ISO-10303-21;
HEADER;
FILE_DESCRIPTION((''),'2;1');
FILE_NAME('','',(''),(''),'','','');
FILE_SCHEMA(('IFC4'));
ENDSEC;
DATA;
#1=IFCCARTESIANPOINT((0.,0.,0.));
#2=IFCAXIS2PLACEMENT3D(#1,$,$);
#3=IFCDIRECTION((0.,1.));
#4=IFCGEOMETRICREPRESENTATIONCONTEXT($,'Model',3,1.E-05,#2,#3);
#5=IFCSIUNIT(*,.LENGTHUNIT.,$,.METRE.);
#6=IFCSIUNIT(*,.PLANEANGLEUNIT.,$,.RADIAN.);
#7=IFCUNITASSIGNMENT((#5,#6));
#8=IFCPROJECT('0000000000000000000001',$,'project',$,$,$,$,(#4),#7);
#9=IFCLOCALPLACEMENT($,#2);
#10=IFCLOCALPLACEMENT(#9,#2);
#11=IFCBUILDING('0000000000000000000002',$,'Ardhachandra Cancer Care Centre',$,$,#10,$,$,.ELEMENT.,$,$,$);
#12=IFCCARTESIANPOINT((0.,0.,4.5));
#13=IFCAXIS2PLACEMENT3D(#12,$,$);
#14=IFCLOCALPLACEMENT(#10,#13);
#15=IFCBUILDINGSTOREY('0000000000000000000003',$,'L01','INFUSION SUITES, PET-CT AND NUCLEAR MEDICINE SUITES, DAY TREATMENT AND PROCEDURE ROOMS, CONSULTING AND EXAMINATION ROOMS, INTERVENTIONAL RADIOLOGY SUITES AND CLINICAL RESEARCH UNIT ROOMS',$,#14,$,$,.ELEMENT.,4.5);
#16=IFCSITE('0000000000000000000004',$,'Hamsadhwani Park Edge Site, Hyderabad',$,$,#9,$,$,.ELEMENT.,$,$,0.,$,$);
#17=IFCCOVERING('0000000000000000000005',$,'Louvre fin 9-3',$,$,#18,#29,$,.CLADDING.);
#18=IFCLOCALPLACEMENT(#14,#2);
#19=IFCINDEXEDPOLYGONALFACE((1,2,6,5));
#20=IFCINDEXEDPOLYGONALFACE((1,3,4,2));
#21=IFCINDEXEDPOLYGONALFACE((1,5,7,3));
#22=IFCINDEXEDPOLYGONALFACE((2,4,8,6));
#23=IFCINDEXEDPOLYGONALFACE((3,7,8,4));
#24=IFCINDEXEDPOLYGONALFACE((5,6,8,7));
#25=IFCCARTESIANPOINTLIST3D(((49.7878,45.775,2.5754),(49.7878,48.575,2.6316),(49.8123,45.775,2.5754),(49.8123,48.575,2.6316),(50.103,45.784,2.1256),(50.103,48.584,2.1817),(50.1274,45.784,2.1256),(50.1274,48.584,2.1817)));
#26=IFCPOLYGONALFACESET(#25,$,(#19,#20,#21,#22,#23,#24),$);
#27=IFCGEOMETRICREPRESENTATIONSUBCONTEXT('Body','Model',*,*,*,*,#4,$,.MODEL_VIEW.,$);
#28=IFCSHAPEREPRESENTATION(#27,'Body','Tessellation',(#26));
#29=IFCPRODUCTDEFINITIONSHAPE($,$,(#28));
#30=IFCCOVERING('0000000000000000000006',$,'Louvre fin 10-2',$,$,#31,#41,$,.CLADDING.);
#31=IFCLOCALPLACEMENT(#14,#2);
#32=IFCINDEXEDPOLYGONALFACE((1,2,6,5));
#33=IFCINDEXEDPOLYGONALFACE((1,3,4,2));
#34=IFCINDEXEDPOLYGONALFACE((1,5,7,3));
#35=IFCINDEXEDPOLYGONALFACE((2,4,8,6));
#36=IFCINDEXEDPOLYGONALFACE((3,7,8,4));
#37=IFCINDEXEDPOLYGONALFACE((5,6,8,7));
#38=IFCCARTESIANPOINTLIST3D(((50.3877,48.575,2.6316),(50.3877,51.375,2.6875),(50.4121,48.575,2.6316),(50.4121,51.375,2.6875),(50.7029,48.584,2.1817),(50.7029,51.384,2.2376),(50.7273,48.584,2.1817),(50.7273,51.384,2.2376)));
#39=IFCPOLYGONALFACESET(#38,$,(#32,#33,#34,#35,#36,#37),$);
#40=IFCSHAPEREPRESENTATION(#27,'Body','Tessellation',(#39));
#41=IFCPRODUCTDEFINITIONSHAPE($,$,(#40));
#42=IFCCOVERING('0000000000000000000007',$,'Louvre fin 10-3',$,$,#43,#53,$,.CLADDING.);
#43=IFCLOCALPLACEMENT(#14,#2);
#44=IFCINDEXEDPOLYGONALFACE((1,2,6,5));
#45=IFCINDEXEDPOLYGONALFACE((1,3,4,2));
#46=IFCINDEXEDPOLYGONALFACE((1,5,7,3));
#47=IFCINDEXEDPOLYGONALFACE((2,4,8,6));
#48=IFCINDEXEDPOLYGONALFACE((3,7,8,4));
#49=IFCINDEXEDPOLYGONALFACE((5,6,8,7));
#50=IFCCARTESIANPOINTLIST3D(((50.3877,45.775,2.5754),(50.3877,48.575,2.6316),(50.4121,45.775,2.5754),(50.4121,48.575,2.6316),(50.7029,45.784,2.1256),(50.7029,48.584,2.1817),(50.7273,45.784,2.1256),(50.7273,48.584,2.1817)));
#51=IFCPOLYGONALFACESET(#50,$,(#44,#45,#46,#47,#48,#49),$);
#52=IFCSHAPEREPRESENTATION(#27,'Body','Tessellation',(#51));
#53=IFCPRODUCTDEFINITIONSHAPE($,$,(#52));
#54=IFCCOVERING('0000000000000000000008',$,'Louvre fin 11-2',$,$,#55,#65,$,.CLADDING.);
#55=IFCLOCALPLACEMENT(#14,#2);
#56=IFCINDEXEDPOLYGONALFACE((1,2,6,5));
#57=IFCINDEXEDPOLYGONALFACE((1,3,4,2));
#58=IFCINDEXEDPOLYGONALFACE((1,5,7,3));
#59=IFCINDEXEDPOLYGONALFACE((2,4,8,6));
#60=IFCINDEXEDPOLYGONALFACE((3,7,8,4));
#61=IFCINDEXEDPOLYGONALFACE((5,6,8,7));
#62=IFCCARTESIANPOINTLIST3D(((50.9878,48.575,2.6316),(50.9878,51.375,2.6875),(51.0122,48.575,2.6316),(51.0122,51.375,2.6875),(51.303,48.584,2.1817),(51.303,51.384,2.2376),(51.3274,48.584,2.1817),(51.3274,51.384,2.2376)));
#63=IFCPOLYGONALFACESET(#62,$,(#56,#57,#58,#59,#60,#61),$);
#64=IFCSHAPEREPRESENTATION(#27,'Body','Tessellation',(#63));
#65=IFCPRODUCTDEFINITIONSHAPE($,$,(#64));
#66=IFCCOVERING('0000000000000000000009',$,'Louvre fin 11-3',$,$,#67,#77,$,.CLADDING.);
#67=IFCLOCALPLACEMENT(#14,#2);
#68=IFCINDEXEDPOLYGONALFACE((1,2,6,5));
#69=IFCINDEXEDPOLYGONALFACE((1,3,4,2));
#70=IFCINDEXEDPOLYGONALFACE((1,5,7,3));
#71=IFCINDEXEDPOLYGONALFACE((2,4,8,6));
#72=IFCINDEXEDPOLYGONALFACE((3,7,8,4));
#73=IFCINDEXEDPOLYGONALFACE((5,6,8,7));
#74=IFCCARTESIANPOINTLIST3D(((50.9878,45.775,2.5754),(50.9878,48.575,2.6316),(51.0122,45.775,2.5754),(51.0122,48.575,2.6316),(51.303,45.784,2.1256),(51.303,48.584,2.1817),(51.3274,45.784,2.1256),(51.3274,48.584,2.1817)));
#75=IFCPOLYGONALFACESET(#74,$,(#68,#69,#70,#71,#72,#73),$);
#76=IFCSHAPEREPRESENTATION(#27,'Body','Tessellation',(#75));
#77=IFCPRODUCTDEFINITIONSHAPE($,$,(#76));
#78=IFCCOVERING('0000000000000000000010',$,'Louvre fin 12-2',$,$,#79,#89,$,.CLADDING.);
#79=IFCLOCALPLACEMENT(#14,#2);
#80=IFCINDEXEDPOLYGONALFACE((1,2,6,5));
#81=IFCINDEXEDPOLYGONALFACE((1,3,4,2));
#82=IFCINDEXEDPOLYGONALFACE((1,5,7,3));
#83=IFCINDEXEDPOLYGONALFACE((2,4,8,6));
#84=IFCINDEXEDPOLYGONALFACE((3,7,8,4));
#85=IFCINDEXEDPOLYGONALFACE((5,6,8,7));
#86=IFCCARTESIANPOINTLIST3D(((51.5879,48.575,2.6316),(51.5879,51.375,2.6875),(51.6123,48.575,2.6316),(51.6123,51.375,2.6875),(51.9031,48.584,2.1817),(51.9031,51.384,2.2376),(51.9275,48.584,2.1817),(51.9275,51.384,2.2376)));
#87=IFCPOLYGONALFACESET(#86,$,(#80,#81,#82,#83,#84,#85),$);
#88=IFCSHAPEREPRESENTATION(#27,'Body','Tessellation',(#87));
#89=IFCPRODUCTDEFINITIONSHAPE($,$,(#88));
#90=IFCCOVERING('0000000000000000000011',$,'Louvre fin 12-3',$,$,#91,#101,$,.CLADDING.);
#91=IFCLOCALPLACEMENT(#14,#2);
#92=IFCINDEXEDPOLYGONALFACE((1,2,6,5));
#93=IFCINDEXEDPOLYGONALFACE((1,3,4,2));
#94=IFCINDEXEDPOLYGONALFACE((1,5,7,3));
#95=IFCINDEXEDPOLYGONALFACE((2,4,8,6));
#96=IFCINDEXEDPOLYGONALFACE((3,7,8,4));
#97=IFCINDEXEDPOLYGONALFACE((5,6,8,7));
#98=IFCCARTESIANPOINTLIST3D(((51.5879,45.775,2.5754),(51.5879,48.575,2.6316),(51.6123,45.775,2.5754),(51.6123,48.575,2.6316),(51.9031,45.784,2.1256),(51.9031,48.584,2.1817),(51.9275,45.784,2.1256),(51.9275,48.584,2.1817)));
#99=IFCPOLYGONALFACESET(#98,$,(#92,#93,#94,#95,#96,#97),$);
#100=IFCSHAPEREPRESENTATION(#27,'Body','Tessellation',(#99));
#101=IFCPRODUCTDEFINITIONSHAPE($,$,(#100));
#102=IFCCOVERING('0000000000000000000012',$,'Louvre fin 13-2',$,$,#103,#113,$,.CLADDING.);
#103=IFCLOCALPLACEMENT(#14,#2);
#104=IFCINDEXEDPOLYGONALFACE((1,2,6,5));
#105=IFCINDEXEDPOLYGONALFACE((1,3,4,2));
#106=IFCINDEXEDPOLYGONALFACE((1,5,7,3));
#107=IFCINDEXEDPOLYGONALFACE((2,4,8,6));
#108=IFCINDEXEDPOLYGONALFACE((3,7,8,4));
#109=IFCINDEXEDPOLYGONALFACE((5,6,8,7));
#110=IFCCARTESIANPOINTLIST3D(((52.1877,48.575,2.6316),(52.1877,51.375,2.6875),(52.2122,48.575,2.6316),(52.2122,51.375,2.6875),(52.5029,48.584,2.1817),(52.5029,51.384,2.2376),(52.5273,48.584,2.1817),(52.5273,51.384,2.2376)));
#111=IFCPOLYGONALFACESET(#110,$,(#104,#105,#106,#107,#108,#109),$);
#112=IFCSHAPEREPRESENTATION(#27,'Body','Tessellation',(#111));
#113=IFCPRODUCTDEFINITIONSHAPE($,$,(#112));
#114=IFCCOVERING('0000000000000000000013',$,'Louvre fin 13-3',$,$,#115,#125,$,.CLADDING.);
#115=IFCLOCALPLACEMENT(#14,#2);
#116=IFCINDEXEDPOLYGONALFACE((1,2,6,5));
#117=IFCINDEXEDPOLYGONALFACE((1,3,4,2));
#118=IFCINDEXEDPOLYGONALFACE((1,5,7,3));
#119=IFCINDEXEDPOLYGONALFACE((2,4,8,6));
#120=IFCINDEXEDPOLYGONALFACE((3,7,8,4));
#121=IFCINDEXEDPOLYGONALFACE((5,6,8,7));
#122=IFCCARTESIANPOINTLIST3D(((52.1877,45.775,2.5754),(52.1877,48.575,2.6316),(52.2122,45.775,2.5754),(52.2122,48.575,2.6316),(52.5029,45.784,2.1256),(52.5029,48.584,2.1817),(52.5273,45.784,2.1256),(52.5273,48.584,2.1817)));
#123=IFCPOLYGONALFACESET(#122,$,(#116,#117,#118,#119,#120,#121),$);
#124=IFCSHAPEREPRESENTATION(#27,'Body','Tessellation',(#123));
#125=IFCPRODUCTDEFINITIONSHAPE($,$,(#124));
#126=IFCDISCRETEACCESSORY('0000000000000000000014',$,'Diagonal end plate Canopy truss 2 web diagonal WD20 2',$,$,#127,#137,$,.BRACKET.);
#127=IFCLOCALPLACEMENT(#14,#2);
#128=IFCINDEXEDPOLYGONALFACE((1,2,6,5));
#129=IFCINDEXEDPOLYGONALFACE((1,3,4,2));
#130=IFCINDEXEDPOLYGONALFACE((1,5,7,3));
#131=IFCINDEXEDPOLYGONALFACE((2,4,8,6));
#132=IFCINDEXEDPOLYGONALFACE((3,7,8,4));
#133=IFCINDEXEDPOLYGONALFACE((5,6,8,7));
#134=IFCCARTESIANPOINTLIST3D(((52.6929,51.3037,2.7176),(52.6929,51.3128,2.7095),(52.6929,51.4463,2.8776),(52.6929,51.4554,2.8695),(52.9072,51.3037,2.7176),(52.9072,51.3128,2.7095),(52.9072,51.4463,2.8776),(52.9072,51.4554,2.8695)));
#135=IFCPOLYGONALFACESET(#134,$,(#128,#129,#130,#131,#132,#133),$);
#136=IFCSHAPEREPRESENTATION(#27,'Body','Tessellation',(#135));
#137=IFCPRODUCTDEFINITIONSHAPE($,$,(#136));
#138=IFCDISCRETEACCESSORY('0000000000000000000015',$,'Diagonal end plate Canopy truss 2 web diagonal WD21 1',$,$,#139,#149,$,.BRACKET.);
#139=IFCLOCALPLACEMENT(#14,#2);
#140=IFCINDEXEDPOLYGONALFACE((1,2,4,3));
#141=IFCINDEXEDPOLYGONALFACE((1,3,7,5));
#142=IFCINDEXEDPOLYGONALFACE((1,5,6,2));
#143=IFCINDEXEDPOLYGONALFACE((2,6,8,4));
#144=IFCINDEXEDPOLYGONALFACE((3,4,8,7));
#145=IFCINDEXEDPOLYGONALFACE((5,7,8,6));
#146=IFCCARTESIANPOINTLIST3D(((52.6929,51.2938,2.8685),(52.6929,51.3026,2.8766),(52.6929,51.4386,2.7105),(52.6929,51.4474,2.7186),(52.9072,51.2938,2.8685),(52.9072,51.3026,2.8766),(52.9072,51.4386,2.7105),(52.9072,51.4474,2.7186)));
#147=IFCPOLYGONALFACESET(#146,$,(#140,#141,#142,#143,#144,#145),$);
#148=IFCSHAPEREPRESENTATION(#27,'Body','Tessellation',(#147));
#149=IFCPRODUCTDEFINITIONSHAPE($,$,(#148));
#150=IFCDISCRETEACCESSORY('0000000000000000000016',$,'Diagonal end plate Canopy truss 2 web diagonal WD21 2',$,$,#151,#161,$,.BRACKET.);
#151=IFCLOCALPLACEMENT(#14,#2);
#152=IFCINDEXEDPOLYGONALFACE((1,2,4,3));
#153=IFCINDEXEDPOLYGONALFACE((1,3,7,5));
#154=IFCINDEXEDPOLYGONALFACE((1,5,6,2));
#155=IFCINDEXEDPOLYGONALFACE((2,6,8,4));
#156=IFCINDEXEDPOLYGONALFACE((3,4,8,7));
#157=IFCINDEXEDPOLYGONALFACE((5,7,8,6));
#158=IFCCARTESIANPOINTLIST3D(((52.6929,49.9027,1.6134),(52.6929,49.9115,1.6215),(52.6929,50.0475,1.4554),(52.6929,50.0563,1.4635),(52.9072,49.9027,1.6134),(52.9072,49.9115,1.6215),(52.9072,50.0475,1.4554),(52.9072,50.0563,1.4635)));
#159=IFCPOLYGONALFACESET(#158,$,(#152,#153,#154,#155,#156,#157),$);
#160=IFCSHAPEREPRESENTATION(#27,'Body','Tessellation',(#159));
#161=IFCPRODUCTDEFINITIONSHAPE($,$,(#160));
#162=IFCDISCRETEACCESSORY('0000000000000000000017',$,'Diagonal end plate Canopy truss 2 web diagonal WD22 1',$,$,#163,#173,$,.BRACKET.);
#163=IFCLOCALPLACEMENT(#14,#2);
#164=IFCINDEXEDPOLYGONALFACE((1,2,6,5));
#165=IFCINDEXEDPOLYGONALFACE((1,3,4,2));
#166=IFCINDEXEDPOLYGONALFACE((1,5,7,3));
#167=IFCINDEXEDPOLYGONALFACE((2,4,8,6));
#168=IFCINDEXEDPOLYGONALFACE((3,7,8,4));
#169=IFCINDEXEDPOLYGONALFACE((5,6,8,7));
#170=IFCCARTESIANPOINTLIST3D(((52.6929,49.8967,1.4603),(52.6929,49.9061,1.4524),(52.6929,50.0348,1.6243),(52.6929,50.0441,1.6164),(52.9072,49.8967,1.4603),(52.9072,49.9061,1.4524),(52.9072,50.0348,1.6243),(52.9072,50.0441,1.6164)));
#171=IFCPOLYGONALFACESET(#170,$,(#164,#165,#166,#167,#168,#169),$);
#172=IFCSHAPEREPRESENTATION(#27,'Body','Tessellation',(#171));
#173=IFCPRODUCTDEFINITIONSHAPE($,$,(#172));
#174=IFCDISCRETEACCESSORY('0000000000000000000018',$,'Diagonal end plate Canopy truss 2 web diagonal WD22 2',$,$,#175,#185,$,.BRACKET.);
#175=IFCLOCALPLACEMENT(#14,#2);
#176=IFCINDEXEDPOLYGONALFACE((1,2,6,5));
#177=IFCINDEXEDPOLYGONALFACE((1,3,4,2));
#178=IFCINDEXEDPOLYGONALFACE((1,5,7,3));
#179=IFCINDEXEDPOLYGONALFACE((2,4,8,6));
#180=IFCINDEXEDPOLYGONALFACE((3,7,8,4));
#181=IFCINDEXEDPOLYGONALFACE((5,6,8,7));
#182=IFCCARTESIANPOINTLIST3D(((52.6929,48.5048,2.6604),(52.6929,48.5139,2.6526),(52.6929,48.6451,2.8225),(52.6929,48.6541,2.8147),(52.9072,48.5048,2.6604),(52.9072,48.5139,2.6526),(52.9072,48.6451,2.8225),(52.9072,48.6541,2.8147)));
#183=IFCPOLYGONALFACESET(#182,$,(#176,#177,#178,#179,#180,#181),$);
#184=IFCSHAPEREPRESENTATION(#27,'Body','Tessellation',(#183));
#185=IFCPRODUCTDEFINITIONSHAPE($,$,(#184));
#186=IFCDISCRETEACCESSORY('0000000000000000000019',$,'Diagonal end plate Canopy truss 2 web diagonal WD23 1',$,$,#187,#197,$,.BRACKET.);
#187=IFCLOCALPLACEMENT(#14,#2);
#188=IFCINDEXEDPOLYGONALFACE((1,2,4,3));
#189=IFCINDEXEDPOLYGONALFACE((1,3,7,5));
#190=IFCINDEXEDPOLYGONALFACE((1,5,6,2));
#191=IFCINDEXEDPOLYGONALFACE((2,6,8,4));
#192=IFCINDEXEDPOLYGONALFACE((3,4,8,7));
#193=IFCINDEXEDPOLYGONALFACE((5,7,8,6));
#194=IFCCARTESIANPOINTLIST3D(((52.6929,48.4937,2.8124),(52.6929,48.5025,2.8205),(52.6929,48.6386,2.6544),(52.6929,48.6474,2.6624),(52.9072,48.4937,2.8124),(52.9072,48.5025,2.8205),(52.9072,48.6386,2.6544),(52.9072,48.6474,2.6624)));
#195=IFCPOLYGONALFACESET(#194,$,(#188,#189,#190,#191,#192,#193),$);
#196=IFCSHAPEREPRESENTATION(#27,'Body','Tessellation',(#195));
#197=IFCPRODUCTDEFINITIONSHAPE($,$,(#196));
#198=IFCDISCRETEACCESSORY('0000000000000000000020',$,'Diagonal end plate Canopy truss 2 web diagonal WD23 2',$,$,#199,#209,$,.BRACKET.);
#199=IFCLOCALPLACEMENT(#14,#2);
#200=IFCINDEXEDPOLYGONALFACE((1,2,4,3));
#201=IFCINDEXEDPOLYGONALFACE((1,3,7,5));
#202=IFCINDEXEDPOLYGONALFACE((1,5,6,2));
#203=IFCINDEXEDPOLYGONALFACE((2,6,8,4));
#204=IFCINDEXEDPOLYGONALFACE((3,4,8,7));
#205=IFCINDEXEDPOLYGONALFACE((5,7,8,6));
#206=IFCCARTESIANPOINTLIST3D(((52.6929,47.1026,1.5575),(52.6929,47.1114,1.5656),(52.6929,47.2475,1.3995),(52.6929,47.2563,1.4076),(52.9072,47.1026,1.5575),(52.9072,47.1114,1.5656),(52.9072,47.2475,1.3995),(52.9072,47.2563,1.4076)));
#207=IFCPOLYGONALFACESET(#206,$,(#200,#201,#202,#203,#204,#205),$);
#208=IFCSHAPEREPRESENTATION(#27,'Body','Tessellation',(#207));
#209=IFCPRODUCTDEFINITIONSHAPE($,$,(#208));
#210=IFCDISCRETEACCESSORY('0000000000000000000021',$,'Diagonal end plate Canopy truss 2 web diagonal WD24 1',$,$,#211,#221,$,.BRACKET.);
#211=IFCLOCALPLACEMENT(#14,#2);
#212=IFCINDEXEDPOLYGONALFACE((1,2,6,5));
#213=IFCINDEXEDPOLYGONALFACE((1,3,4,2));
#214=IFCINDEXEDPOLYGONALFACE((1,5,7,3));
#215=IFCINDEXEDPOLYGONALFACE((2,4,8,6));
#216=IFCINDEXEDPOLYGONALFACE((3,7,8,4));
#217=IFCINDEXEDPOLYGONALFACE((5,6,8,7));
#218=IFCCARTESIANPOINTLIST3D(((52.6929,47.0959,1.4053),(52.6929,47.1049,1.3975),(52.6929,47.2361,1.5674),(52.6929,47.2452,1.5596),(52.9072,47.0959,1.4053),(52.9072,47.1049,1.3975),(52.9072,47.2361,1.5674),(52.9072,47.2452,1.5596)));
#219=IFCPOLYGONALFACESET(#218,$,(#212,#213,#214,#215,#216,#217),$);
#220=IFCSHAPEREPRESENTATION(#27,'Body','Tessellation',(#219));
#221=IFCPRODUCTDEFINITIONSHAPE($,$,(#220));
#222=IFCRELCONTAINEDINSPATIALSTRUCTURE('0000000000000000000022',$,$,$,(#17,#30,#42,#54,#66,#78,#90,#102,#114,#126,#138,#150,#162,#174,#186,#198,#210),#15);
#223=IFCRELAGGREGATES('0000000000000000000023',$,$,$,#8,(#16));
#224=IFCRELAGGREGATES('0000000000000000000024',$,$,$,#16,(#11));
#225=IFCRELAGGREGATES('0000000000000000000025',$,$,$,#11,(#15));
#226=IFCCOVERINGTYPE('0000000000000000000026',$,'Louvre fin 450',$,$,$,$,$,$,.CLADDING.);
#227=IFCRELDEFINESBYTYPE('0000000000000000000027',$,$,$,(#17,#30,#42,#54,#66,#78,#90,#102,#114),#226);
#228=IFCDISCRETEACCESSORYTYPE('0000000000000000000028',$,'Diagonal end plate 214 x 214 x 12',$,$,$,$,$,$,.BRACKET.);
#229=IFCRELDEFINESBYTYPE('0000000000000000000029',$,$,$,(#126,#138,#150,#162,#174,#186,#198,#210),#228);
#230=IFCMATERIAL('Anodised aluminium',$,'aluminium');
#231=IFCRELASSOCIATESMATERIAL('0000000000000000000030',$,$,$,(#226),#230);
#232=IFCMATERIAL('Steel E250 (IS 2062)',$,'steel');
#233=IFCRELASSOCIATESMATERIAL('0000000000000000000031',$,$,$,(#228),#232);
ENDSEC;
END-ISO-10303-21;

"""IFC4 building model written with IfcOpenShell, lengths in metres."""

from ifc_helpers import new_model, si_unit, direction, frame, origin, origin_2d, place, context, subcontext, project, spatial, polyline, rectangle, outline, extrude, material, material_profile, profile_set, type_object, element, save


model = new_model("IFC4")

# Units and contexts
model_context = context("Model", 3, precision=1e-05, world=origin(), true_north=direction((0.0, 1.0)))
body_context = subcontext(model_context, "Body", "Model", "MODEL_VIEW")
ifc_project = project(units=[si_unit("LENGTHUNIT", "METRE"), si_unit("PLANEANGLEUNIT", "RADIAN")], contexts=[model_context])

# Site, building, storey
site_placement = place(None, origin())
site = spatial("IfcSite", under=ifc_project, at=site_placement, Name="Hamsadhwani Park Edge Site, Hyderabad", CompositionType="ELEMENT", RefElevation=0.0)
building_placement = place(site_placement, origin())
building = spatial("IfcBuilding", under=site, at=building_placement, Name="Ardhachandra Cancer Care Centre", CompositionType="ELEMENT")
storey_placement = place(building_placement, frame((0.0, 0.0, 4.5)))
storey = spatial("IfcBuildingStorey", under=building, at=storey_placement, Name="L01", Description="INFUSION SUITES, PET-CT AND NUCLEAR MEDICINE SUITES, DAY TREATMENT AND PROCEDURE ROOMS, CONSULTING AND EXAMINATION ROOMS, INTERVENTIONAL RADIOLOGY SUITES AND CLINICAL RESEARCH UNIT ROOMS", CompositionType="ELEMENT", Elevation=4.5)

# Coverings
ifc_material_1 = material(Name="Anodised aluminium", Category="aluminium")
ifc_material_profile_1 = material_profile(ifc_material_1, outline(polyline([(-0.0122, 0.0), (0.0122, 0.0), (0.3274, -0.45), (0.303, -0.45), (-0.0122, 0.0)])), Name="Louvre fin 450")
ifc_profile_set_1 = profile_set([ifc_material_profile_1], Name="Anodised aluminium")
covering_type = type_object("IfcCoveringType", Name="Louvre fin 450", PredefinedType="CLADDING", material=ifc_profile_set_1)
for number, where, z_axis, x_axis, name in (
    (1, (49.8, 48.575, 2.6316), (0.0, -0.999799, -0.02005), (1.0, 0.0, 0.0), "Louvre fin 9-3"),
    (2, (50.3999, 51.375, 2.6875), (0.0, -0.999801, -0.019963), (1.0, 0.0, 0.0), "Louvre fin 10-2"),
    (3, (50.3999, 48.575, 2.6316), (0.0, -0.999799, -0.02005), (1.0, 0.0, 0.0), "Louvre fin 10-3"),
    (4, (51.0, 51.375, 2.6875), (0.0, -0.999801, -0.019963), (1.0, 0.0, 0.0), "Louvre fin 11-2"),
    (5, (51.0, 48.575, 2.6316), (0.0, -0.999799, -0.02005), (1.0, 0.0, 0.0), "Louvre fin 11-3"),
    (6, (51.6001, 51.375, 2.6875), (0.0, -0.999801, -0.019963), (1.0, 0.0, 0.0), "Louvre fin 12-2"),
    (7, (51.6001, 48.575, 2.6316), (0.0, -0.999799, -0.02005), (1.0, 0.0, 0.0), "Louvre fin 12-3"),
    (8, (52.2, 51.375, 2.6875), (0.0, -0.999801, -0.019963), (1.0, 0.0, 0.0), "Louvre fin 13-2"),
    (9, (52.2, 48.575, 2.6316), (0.0, -0.999799, -0.02005), (1.0, 0.0, 0.0), "Louvre fin 13-3"),
):
    element("IfcCovering", number, at=place(storey_placement, frame(where, z_axis=z_axis, x_axis=x_axis)), inside=storey, type_object=covering_type, Name=name, PredefinedType="CLADDING", context=body_context, shape_type="SweptSolid", body=[
        extrude(outline(polyline([(-0.0122, 0.0), (0.0122, 0.0), (0.3274, -0.45), (0.303, -0.45), (-0.0122, 0.0)])), origin(), (0.0, 0.0, 1.0), 2.8005),
    ])

# Discrete accessories
ifc_material_2 = material(Name="Steel E250 (IS 2062)", Category="steel")
ifc_material_profile_2 = material_profile(ifc_material_2, rectangle(XDim=0.2144, YDim=0.2144, at=origin_2d()), Name="PL 214x214x12")
ifc_profile_set_2 = profile_set([ifc_material_profile_2], Name="Steel E250 (IS 2062)")
discrete_accessory_type = type_object("IfcDiscreteAccessoryType", Name="Diagonal end plate 214 x 214 x 12", PredefinedType="BRACKET", material=ifc_profile_set_2)
discrete_accessory_1_placement = place(storey_placement, frame((52.8, 51.375, 2.7976), z_axis=(0.0, 0.746295, -0.665615), x_axis=(-1.0, 0.0, 0.0)))
element("IfcDiscreteAccessory", 10, at=discrete_accessory_1_placement, inside=storey, type_object=discrete_accessory_type, Name="Diagonal end plate Canopy truss 2 web diagonal WD20 2", PredefinedType="BRACKET", context=body_context, shape_type="SweptSolid", body=[
    extrude(rectangle(XDim=0.2144, YDim=0.2144, at=origin_2d()), origin(), (0.0, 0.0, 1.0), 0.0122),
])
for number, where, z_axis, x_axis, name in (
    (11, (52.8, 51.375, 2.7976), (0.0, -0.737154, -0.675725), (1.0, 0.0, 0.0), "Diagonal end plate Canopy truss 2 web diagonal WD21 1"),
    (12, (52.8, 49.9751, 1.5344), (0.0, 0.737154, 0.675725), (-1.0, 0.0, 0.0), "Diagonal end plate Canopy truss 2 web diagonal WD21 2"),
):
    element("IfcDiscreteAccessory", number, at=place(storey_placement, frame(where, z_axis=z_axis, x_axis=x_axis)), inside=storey, type_object=discrete_accessory_type, Name=name, PredefinedType="BRACKET", context=body_context, shape_type="SweptSolid", body=[
        extrude(rectangle(XDim=0.2144, YDim=0.2144, at=origin_2d()), origin(), (0.0, 0.0, 1.0), 0.012),
    ])
discrete_accessory_2_placement = place(storey_placement, frame((52.8, 49.9751, 1.5344), z_axis=(0.0, -0.764911, 0.644136), x_axis=(1.0, 0.0, 0.0)))
element("IfcDiscreteAccessory", 13, at=discrete_accessory_2_placement, inside=storey, type_object=discrete_accessory_type, Name="Diagonal end plate Canopy truss 2 web diagonal WD22 1", PredefinedType="BRACKET", context=body_context, shape_type="SweptSolid", body=[
    extrude(rectangle(XDim=0.2144, YDim=0.2144, at=origin_2d()), origin(), (0.0, 0.0, 1.0), 0.0122),
])
for number, where, z_axis, x_axis, name in (
    (14, (52.8, 48.575, 2.7415), (0.0, 0.756363, -0.654152), (-1.0, 0.0, 0.0), "Diagonal end plate Canopy truss 2 web diagonal WD22 2"),
    (15, (52.8, 48.575, 2.7415), (0.0, -0.737154, -0.675725), (1.0, 0.0, 0.0), "Diagonal end plate Canopy truss 2 web diagonal WD23 1"),
    (16, (52.8, 47.175, 1.4785), (0.0, 0.737154, 0.675725), (-1.0, 0.0, 0.0), "Diagonal end plate Canopy truss 2 web diagonal WD23 2"),
    (17, (52.8, 47.175, 1.4785), (0.0, -0.756363, 0.654152), (1.0, 0.0, 0.0), "Diagonal end plate Canopy truss 2 web diagonal WD24 1"),
):
    element("IfcDiscreteAccessory", number, at=place(storey_placement, frame(where, z_axis=z_axis, x_axis=x_axis)), inside=storey, type_object=discrete_accessory_type, Name=name, PredefinedType="BRACKET", context=body_context, shape_type="SweptSolid", body=[
        extrude(rectangle(XDim=0.2144, YDim=0.2144, at=origin_2d()), origin(), (0.0, 0.0, 1.0), 0.012),
    ])

save(model, "model.ifc")
